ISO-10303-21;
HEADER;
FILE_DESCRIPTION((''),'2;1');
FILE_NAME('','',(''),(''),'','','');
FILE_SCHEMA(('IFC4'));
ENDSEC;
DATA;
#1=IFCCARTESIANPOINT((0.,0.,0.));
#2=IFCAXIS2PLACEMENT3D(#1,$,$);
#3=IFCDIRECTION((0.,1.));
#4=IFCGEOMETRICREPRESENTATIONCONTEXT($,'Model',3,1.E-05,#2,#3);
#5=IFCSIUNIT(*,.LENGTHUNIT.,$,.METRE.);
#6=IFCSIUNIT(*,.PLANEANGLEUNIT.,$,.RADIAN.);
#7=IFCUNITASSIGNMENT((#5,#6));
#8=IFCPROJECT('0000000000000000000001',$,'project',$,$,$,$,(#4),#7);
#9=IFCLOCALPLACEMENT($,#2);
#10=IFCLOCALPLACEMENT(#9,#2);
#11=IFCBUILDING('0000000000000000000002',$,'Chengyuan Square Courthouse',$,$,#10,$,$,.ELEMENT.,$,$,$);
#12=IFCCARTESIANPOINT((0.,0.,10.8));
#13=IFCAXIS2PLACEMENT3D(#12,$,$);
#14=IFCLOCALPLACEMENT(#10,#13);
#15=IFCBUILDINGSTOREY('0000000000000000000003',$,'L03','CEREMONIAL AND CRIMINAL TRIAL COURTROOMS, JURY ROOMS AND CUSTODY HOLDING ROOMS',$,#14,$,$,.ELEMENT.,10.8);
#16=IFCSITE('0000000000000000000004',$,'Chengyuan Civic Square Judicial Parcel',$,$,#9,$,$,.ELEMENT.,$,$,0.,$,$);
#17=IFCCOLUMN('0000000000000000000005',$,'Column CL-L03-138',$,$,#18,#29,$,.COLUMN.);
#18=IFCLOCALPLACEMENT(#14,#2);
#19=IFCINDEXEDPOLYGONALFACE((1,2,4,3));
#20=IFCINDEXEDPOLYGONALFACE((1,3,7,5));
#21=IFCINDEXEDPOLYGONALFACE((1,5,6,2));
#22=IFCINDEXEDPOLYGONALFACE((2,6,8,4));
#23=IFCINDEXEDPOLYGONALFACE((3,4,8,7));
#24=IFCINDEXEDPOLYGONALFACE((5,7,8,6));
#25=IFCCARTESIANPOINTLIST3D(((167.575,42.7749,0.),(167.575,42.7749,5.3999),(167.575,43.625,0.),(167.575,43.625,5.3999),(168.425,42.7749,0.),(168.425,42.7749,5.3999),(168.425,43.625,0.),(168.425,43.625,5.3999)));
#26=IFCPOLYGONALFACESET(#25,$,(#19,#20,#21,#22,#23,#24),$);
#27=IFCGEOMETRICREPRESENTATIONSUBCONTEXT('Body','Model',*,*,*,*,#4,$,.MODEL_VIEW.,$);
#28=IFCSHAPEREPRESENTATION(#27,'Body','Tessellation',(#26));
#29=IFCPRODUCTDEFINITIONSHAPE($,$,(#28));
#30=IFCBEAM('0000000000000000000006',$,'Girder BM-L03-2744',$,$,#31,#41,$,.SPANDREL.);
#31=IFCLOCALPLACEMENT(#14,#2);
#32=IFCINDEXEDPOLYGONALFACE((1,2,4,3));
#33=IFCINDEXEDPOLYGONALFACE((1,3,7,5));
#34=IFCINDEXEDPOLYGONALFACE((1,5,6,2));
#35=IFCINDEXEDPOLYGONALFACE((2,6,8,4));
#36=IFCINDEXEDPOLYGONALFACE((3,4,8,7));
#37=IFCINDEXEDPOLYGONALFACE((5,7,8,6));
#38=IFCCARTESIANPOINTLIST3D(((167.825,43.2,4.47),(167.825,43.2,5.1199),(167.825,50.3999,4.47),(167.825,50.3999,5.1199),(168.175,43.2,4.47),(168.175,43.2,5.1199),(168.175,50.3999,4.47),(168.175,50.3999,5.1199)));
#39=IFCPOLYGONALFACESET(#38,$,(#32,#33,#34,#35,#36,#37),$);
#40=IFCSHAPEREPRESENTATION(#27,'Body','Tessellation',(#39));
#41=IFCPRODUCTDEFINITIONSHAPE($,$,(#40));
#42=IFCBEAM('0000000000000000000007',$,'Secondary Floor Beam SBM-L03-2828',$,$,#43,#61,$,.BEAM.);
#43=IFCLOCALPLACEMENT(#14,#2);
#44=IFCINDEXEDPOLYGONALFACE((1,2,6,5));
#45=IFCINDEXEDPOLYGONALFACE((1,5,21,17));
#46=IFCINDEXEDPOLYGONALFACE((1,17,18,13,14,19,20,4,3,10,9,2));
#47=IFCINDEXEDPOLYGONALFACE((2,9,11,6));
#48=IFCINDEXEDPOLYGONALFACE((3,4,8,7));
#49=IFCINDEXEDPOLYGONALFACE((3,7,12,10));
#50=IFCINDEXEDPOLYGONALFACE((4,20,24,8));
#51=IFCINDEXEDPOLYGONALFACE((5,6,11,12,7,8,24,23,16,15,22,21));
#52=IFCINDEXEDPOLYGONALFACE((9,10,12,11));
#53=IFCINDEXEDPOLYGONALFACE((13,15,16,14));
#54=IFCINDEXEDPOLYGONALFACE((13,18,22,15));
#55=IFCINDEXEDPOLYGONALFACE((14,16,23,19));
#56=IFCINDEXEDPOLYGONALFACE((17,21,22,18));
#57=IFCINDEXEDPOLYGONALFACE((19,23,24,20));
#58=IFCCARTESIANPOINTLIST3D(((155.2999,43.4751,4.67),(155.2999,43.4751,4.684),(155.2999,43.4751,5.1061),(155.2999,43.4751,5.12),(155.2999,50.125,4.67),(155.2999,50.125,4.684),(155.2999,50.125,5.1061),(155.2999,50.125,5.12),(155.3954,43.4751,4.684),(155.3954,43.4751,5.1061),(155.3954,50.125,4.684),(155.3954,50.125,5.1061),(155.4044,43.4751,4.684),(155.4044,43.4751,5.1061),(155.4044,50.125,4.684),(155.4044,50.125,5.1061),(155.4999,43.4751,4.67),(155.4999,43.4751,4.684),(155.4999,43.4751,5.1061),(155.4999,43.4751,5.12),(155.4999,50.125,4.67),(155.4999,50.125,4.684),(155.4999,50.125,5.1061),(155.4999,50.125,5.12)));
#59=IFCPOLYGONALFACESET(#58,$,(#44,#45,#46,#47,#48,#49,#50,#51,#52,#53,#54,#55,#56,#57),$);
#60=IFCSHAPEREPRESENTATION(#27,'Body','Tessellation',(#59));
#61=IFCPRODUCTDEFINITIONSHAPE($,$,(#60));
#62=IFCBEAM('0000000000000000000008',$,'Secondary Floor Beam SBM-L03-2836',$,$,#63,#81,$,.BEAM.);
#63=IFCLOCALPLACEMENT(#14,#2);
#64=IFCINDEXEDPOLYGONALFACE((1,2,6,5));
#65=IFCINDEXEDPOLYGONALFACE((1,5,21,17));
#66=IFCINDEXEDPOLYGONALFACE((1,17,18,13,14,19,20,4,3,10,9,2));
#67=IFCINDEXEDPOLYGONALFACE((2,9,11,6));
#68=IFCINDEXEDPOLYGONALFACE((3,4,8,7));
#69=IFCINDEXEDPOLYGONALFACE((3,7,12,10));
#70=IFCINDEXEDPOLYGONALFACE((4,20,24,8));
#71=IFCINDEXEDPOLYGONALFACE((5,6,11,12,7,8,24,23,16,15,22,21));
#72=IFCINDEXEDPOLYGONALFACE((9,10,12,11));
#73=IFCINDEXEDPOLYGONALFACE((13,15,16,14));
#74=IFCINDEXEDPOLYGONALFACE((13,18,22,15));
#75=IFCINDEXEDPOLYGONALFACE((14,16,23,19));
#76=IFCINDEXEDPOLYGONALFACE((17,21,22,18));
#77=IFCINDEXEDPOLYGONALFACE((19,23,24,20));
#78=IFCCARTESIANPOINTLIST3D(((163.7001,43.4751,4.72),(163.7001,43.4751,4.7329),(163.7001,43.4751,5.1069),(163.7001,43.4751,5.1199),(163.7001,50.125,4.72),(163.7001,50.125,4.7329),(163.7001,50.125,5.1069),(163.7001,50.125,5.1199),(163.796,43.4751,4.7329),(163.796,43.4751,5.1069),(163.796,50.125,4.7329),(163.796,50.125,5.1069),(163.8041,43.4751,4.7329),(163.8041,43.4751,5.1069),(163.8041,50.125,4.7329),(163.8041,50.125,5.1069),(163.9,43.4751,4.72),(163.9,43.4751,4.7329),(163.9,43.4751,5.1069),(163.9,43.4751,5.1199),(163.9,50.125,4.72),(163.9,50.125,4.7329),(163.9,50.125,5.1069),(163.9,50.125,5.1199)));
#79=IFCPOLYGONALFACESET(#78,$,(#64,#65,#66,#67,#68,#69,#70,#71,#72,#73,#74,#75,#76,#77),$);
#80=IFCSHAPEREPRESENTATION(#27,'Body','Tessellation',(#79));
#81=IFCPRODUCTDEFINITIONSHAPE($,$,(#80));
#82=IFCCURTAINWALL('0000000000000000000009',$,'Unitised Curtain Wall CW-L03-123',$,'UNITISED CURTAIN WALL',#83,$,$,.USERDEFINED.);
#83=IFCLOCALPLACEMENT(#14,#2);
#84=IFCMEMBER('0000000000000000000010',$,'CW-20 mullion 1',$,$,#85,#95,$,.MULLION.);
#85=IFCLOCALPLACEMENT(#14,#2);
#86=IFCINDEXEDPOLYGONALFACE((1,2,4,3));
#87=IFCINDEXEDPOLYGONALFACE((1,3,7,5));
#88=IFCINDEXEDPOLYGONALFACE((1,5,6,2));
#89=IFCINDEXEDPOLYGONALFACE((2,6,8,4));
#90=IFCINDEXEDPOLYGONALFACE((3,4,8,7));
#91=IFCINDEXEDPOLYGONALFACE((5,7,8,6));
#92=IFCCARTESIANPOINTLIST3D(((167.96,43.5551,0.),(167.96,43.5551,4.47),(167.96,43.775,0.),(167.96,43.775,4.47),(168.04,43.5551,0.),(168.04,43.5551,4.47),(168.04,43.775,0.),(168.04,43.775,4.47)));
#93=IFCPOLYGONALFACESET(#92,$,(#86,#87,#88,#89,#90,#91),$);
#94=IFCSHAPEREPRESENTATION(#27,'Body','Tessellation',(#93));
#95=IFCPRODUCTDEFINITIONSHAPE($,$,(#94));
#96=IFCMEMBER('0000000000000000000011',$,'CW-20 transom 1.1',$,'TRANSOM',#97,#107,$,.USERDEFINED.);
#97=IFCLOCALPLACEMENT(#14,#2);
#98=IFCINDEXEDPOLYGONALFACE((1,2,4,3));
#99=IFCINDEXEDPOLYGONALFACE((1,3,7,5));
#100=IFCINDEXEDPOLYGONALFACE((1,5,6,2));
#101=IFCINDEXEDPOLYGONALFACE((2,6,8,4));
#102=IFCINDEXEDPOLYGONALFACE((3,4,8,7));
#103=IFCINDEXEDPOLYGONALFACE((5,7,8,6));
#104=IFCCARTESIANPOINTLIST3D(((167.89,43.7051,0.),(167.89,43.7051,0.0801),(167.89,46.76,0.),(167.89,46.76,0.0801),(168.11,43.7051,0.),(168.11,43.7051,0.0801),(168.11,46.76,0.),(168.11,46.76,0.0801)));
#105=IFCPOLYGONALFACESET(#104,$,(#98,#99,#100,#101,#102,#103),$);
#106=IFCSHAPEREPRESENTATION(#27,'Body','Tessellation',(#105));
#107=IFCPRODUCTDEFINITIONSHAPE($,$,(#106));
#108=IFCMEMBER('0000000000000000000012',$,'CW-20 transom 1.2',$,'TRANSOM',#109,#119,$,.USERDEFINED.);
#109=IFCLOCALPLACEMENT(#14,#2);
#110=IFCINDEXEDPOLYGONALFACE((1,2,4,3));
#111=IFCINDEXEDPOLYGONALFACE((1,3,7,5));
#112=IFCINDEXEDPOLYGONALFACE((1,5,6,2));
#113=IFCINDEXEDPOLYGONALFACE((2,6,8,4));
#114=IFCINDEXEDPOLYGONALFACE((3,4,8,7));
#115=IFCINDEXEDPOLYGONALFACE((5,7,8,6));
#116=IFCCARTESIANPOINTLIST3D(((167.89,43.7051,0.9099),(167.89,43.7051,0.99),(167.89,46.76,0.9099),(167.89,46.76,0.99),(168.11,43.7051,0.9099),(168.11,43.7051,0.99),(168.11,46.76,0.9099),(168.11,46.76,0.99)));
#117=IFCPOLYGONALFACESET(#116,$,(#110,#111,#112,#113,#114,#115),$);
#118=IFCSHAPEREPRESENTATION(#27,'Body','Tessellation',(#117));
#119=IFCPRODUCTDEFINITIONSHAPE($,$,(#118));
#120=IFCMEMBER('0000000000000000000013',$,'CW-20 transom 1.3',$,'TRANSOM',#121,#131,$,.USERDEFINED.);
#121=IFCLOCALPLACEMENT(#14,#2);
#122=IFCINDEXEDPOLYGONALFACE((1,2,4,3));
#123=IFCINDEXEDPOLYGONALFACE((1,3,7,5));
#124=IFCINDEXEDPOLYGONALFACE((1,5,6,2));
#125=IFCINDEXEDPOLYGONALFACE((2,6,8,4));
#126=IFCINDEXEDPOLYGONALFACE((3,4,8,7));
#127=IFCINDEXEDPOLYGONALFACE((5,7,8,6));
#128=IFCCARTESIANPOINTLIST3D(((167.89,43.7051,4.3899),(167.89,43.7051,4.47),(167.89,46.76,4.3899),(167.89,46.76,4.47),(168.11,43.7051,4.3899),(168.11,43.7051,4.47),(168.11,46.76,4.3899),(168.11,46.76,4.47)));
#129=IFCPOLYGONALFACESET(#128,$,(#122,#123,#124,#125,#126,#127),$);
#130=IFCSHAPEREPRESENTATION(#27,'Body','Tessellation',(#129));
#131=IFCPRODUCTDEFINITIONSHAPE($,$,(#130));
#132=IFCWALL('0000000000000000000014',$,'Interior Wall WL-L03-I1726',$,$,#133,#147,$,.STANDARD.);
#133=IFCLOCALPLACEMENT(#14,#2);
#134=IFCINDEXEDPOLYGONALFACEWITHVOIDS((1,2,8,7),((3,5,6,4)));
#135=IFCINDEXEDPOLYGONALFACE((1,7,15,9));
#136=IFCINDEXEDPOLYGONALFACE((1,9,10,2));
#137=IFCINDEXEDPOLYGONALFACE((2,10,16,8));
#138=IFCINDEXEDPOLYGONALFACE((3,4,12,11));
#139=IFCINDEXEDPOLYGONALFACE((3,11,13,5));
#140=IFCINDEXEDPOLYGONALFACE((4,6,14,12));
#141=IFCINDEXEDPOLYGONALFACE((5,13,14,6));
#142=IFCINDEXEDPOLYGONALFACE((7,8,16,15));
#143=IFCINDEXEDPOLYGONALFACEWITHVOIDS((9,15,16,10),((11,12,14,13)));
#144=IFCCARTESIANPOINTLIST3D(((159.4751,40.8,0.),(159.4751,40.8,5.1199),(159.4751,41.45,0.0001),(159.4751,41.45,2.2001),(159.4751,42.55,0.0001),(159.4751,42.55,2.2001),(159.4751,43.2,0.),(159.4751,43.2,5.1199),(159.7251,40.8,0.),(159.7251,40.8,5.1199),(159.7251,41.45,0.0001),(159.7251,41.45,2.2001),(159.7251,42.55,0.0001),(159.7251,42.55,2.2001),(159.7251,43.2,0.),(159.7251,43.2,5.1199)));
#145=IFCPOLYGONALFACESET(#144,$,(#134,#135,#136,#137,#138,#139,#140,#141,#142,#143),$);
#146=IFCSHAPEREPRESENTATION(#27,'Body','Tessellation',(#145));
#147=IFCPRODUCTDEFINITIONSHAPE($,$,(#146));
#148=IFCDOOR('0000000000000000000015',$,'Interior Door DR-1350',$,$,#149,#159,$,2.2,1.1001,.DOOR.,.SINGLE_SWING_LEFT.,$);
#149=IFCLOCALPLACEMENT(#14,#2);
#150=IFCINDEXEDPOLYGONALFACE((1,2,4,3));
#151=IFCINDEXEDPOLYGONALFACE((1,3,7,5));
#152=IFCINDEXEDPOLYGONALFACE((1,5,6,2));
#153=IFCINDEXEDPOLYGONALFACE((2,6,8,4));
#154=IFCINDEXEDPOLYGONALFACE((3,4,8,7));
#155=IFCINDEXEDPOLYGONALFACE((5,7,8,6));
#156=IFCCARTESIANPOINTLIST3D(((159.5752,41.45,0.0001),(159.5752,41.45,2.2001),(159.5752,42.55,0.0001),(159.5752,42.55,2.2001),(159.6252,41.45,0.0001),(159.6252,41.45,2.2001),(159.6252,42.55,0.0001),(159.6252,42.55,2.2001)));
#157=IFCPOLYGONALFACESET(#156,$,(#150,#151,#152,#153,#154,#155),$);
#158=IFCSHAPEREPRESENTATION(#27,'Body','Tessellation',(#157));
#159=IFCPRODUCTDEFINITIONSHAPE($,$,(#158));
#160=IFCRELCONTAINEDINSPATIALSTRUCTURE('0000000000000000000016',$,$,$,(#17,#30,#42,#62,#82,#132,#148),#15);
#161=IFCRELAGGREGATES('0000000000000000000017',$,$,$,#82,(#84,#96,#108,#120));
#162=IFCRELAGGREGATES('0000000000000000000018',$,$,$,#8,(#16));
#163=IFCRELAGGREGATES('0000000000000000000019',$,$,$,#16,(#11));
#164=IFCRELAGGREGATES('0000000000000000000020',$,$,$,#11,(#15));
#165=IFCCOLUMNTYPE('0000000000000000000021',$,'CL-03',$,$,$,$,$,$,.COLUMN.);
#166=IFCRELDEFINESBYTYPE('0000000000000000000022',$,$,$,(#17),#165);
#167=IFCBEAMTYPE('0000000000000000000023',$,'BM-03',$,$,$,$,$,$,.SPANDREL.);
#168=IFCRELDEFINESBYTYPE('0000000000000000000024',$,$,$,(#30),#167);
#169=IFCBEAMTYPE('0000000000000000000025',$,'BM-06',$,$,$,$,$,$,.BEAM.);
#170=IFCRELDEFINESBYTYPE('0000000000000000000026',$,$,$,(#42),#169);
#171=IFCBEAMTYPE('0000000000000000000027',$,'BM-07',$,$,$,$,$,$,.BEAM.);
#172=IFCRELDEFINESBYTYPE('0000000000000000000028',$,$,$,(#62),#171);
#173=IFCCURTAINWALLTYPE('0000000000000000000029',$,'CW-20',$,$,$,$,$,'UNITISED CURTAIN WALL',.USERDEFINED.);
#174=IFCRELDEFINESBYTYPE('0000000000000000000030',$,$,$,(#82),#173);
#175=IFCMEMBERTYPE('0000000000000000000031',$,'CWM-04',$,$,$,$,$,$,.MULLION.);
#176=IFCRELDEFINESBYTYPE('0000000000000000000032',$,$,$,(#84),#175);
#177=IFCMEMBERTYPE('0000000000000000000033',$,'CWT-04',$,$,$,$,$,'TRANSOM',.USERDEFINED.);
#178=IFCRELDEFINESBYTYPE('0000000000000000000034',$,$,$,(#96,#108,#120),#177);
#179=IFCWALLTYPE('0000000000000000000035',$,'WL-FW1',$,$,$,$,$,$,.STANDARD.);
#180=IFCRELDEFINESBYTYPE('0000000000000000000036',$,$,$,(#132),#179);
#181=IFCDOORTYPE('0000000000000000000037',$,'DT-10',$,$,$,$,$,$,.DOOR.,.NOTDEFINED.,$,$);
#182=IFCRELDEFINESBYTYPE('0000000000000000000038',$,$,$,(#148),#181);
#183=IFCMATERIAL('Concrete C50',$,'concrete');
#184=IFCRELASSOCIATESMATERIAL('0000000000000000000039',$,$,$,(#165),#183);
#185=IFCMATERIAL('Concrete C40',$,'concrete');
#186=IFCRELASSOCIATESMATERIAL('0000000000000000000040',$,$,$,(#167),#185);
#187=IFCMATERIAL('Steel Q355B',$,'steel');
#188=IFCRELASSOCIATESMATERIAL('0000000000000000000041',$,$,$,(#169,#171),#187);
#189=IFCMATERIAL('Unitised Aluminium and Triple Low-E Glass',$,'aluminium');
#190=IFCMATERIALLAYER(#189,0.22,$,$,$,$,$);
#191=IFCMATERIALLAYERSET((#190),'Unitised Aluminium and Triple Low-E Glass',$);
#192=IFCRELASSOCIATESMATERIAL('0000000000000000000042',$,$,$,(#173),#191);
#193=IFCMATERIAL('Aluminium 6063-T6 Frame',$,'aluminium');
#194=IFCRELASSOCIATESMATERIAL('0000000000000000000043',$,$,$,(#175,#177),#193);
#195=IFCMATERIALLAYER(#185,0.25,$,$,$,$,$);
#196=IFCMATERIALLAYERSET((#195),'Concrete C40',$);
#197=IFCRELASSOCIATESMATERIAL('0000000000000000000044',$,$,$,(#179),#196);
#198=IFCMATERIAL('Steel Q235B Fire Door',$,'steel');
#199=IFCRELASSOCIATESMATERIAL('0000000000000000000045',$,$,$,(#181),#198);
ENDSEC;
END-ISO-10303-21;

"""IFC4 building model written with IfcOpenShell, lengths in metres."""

from ifc_helpers import new_model, si_unit, direction, frame, frame_2d, origin, origin_2d, place, context, subcontext, project, spatial, rectangle, i_section, extrude, material, layer, layer_set, material_profile, profile_set, type_object, element, fill, aggregate, save


model = new_model("IFC4")

# Units and contexts
model_context = context("Model", 3, precision=1e-05, world=origin(), true_north=direction((0.0, 1.0)))
body_context = subcontext(model_context, "Body", "Model", "MODEL_VIEW")
ifc_project = project(units=[si_unit("LENGTHUNIT", "METRE"), si_unit("PLANEANGLEUNIT", "RADIAN")], contexts=[model_context])

# Site, building, storey
site_placement = place(None, origin())
site = spatial("IfcSite", under=ifc_project, at=site_placement, Name="Chengyuan Civic Square Judicial Parcel", CompositionType="ELEMENT", RefElevation=0.0)
building_placement = place(site_placement, origin())
building = spatial("IfcBuilding", under=site, at=building_placement, Name="Chengyuan Square Courthouse", CompositionType="ELEMENT")
storey_placement = place(building_placement, frame((0.0, 0.0, 10.8)))
storey = spatial("IfcBuildingStorey", under=building, at=storey_placement, Name="L03", Description="CEREMONIAL AND CRIMINAL TRIAL COURTROOMS, JURY ROOMS AND CUSTODY HOLDING ROOMS", CompositionType="ELEMENT", Elevation=10.8)

# Column
ifc_material_1 = material(Name="Concrete C50", Category="concrete")
ifc_material_profile_1 = material_profile(ifc_material_1, rectangle(XDim=0.8501, YDim=0.8501, at=origin_2d()), Name="RC-COL-850x850")
ifc_profile_set_1 = profile_set([ifc_material_profile_1], Name="Concrete C50")
column_type = type_object("IfcColumnType", Name="CL-03", PredefinedType="COLUMN", material=ifc_profile_set_1)
column_placement = place(storey_placement, frame((168.0, 43.2, 0.0), z_axis=(0.0, 0.0, 1.0), x_axis=(1.0, 0.0, 0.0)))
element("IfcColumn", 1, at=column_placement, inside=storey, type_object=column_type, Name="Column CL-L03-138", PredefinedType="COLUMN", context=body_context, shape_type="SweptSolid", body=[
    extrude(rectangle(XDim=0.8501, YDim=0.8501, at=origin_2d()), origin(), (0.0, 0.0, 1.0), 5.3999),
])

# Beams
ifc_material_2 = material(Name="Concrete C40", Category="concrete")
ifc_material_profile_2 = material_profile(ifc_material_2, rectangle(XDim=0.3501, YDim=0.6499, at=origin_2d()), Name="RC-BM-350x650")
ifc_profile_set_2 = profile_set([ifc_material_profile_2], Name="Concrete C40")
beam_type_1 = type_object("IfcBeamType", Name="BM-03", PredefinedType="SPANDREL", material=ifc_profile_set_2)
beam_1_placement = place(storey_placement, frame((168.0, 43.2, 4.7949), z_axis=(0.0, 1.0, 0.0), x_axis=(-1.0, 0.0, 0.0)))
element("IfcBeam", 2, at=beam_1_placement, inside=storey, type_object=beam_type_1, Name="Girder BM-L03-2744", PredefinedType="SPANDREL", context=body_context, shape_type="SweptSolid", body=[
    extrude(rectangle(XDim=0.3501, YDim=0.6499, at=origin_2d()), origin(), (0.0, 0.0, 1.0), 7.2),
])
ifc_material_3 = material(Name="Steel Q355B", Category="steel")
ifc_material_profile_3 = material_profile(ifc_material_3, i_section(OverallWidth=0.2, OverallDepth=0.45, WebThickness=0.009, FlangeThickness=0.0139, at=origin_2d()), Name="HN 450x200x9x14")
ifc_profile_set_3 = profile_set([ifc_material_profile_3], Name="Steel Q355B")
beam_type_2 = type_object("IfcBeamType", Name="BM-06", PredefinedType="BEAM", material=ifc_profile_set_3)
beam_2_placement = place(storey_placement, frame((155.3999, 43.4751, 4.895), z_axis=(0.0, 1.0, 0.0), x_axis=(-1.0, 0.0, 0.0)))
element("IfcBeam", 3, at=beam_2_placement, inside=storey, type_object=beam_type_2, Name="Secondary Floor Beam SBM-L03-2828", PredefinedType="BEAM", context=body_context, shape_type="SweptSolid", body=[
    extrude(i_section(OverallWidth=0.2, OverallDepth=0.45, WebThickness=0.009, FlangeThickness=0.0139, at=origin_2d()), origin(), (0.0, 0.0, 1.0), 6.6499),
])
ifc_material_profile_4 = material_profile(ifc_material_3, i_section(OverallWidth=0.2, OverallDepth=0.3999, WebThickness=0.0081, FlangeThickness=0.0129, at=origin_2d()), Name="HN 400x200x8x13")
ifc_profile_set_4 = profile_set([ifc_material_profile_4], Name="Steel Q355B")
beam_type_3 = type_object("IfcBeamType", Name="BM-07", PredefinedType="BEAM", material=ifc_profile_set_4)
beam_3_placement = place(storey_placement, frame((163.8, 43.4751, 4.9199), z_axis=(0.0, 1.0, 0.0), x_axis=(-1.0, 0.0, 0.0)))
element("IfcBeam", 4, at=beam_3_placement, inside=storey, type_object=beam_type_3, Name="Secondary Floor Beam SBM-L03-2836", PredefinedType="BEAM", context=body_context, shape_type="SweptSolid", body=[
    extrude(i_section(OverallWidth=0.2, OverallDepth=0.3999, WebThickness=0.0081, FlangeThickness=0.0129, at=origin_2d()), origin(), (0.0, 0.0, 1.0), 6.6499),
])

# Curtain wall, members
ifc_material_4 = material(Name="Unitised Aluminium and Triple Low-E Glass", Category="aluminium")
ifc_layer_1 = layer(ifc_material_4, 0.22)
ifc_layer_set_1 = layer_set([ifc_layer_1], Name="Unitised Aluminium and Triple Low-E Glass")
curtain_wall_type = type_object("IfcCurtainWallType", Name="CW-20", ElementType="UNITISED CURTAIN WALL", PredefinedType="USERDEFINED", material=ifc_layer_set_1)
curtain_wall_placement = place(storey_placement, origin())
curtain_wall = element("IfcCurtainWall", 5, at=curtain_wall_placement, inside=storey, type_object=curtain_wall_type, Name="Unitised Curtain Wall CW-L03-123", ObjectType="UNITISED CURTAIN WALL", PredefinedType="USERDEFINED")
ifc_material_5 = material(Name="Aluminium 6063-T6 Frame", Category="aluminium")
ifc_material_profile_5 = material_profile(ifc_material_5, rectangle(XDim=0.0801, YDim=0.22, at=origin_2d()), Name="CW-MUL-80x220")
ifc_profile_set_5 = profile_set([ifc_material_profile_5], Name="Aluminium 6063-T6 Frame")
member_type_1 = type_object("IfcMemberType", Name="CWM-04", PredefinedType="MULLION", material=ifc_profile_set_5)
member_1_placement = place(storey_placement, frame((168.0, 43.665, 0.0), z_axis=(0.0, 0.0, 1.0), x_axis=(-1.0, 0.0, 0.0)))
member_1 = element("IfcMember", 6, at=member_1_placement, type_object=member_type_1, Name="CW-20 mullion 1", PredefinedType="MULLION", context=body_context, shape_type="SweptSolid", body=[
    extrude(rectangle(XDim=0.0801, YDim=0.22, at=origin_2d()), origin(), (0.0, 0.0, 1.0), 4.47),
])
ifc_material_profile_6 = material_profile(ifc_material_5, rectangle(XDim=0.22, YDim=0.0801, at=origin_2d()), Name="CW-TRN-80x180")
ifc_profile_set_6 = profile_set([ifc_material_profile_6], Name="Aluminium 6063-T6 Frame")
member_type_2 = type_object("IfcMemberType", Name="CWT-04", ElementType="TRANSOM", PredefinedType="USERDEFINED", material=ifc_profile_set_6)
member_2_placement = place(storey_placement, frame((168.0, 43.7051, 0.04), z_axis=(0.0, 1.0, 0.0), x_axis=(-1.0, 0.0, 0.0)))
member_2 = element("IfcMember", 7, at=member_2_placement, type_object=member_type_2, Name="CW-20 transom 1.1", ObjectType="TRANSOM", PredefinedType="USERDEFINED", context=body_context, shape_type="SweptSolid", body=[
    extrude(rectangle(XDim=0.22, YDim=0.0801, at=origin_2d()), origin(), (0.0, 0.0, 1.0), 3.0549),
])
member_3_placement = place(storey_placement, frame((168.0, 43.7051, 0.95), z_axis=(0.0, 1.0, 0.0), x_axis=(-1.0, 0.0, 0.0)))
member_3 = element("IfcMember", 8, at=member_3_placement, type_object=member_type_2, Name="CW-20 transom 1.2", ObjectType="TRANSOM", PredefinedType="USERDEFINED", context=body_context, shape_type="SweptSolid", body=[
    extrude(rectangle(XDim=0.22, YDim=0.0801, at=origin_2d()), origin(), (0.0, 0.0, 1.0), 3.0549),
])
member_4_placement = place(storey_placement, frame((168.0, 43.7051, 4.4299), z_axis=(0.0, 1.0, 0.0), x_axis=(-1.0, 0.0, 0.0)))
member_4 = element("IfcMember", 9, at=member_4_placement, type_object=member_type_2, Name="CW-20 transom 1.3", ObjectType="TRANSOM", PredefinedType="USERDEFINED", context=body_context, shape_type="SweptSolid", body=[
    extrude(rectangle(XDim=0.22, YDim=0.0801, at=origin_2d()), origin(), (0.0, 0.0, 1.0), 3.0549),
])
aggregate(curtain_wall, [member_1, member_2, member_3, member_4])

# Wall, opening, door
ifc_layer_2 = layer(ifc_material_2, 0.25)
ifc_layer_set_2 = layer_set([ifc_layer_2], Name="Concrete C40")
wall_type_1 = type_object("IfcWallType", Name="WL-FW1", PredefinedType="STANDARD", material=ifc_layer_set_2)
wall_1_placement = place(storey_placement, frame((159.6001, 40.8, 0.0), z_axis=(0.0, 0.0, 1.0), x_axis=(0.0, 1.0, 0.0)))
wall_1 = element("IfcWall", 10, at=wall_1_placement, inside=storey, type_object=wall_type_1, Name="Interior Wall WL-L03-I1726", PredefinedType="STANDARD", context=body_context, shape_type="SweptSolid", body=[
    extrude(rectangle(XDim=2.3999, YDim=0.25, at=frame_2d((1.2, 0.0))), origin(), (0.0, 0.0, 1.0), 5.1199),
])
opening_1_placement = place(wall_1_placement, frame((0.6499, 0.0, 0.0)))
opening_1 = element("IfcOpeningElement", 11, at=opening_1_placement, cuts=wall_1, PredefinedType="OPENING", context=body_context, shape_type="SweptSolid", body=[
    extrude(rectangle(XDim=1.1001, YDim=2.2, at=frame_2d((0.55, 1.1001))), frame((0.0, 0.137, 0.0), z_axis=(0.0, -1.0, 0.0), x_axis=(1.0, 0.0, 0.0)), (0.0, 0.0, 1.0), 0.2739),
])
ifc_material_6 = material(Name="Steel Q235B Fire Door", Category="steel")
door_type_1 = type_object("IfcDoorType", Name="DT-10", OperationType="NOTDEFINED", PredefinedType="DOOR", material=ifc_material_6)
door_1_placement = place(opening_1_placement, origin())
door_1 = element("IfcDoor", 12, at=door_1_placement, inside=storey, type_object=door_type_1, Name="Interior Door DR-1350", OperationType="SINGLE_SWING_LEFT", OverallHeight=2.2, OverallWidth=1.1001, PredefinedType="DOOR", context=body_context, shape_type="SweptSolid", body=[
    extrude(rectangle(XDim=1.1001, YDim=2.2, at=frame_2d((0.55, 1.1001))), frame((0.0, 0.0249, 0.0), z_axis=(0.0, -1.0, 0.0), x_axis=(1.0, 0.0, 0.0)), (0.0, 0.0, 1.0), 0.05),
])
fill(opening_1, door_1)

save(model, "model.ifc")
